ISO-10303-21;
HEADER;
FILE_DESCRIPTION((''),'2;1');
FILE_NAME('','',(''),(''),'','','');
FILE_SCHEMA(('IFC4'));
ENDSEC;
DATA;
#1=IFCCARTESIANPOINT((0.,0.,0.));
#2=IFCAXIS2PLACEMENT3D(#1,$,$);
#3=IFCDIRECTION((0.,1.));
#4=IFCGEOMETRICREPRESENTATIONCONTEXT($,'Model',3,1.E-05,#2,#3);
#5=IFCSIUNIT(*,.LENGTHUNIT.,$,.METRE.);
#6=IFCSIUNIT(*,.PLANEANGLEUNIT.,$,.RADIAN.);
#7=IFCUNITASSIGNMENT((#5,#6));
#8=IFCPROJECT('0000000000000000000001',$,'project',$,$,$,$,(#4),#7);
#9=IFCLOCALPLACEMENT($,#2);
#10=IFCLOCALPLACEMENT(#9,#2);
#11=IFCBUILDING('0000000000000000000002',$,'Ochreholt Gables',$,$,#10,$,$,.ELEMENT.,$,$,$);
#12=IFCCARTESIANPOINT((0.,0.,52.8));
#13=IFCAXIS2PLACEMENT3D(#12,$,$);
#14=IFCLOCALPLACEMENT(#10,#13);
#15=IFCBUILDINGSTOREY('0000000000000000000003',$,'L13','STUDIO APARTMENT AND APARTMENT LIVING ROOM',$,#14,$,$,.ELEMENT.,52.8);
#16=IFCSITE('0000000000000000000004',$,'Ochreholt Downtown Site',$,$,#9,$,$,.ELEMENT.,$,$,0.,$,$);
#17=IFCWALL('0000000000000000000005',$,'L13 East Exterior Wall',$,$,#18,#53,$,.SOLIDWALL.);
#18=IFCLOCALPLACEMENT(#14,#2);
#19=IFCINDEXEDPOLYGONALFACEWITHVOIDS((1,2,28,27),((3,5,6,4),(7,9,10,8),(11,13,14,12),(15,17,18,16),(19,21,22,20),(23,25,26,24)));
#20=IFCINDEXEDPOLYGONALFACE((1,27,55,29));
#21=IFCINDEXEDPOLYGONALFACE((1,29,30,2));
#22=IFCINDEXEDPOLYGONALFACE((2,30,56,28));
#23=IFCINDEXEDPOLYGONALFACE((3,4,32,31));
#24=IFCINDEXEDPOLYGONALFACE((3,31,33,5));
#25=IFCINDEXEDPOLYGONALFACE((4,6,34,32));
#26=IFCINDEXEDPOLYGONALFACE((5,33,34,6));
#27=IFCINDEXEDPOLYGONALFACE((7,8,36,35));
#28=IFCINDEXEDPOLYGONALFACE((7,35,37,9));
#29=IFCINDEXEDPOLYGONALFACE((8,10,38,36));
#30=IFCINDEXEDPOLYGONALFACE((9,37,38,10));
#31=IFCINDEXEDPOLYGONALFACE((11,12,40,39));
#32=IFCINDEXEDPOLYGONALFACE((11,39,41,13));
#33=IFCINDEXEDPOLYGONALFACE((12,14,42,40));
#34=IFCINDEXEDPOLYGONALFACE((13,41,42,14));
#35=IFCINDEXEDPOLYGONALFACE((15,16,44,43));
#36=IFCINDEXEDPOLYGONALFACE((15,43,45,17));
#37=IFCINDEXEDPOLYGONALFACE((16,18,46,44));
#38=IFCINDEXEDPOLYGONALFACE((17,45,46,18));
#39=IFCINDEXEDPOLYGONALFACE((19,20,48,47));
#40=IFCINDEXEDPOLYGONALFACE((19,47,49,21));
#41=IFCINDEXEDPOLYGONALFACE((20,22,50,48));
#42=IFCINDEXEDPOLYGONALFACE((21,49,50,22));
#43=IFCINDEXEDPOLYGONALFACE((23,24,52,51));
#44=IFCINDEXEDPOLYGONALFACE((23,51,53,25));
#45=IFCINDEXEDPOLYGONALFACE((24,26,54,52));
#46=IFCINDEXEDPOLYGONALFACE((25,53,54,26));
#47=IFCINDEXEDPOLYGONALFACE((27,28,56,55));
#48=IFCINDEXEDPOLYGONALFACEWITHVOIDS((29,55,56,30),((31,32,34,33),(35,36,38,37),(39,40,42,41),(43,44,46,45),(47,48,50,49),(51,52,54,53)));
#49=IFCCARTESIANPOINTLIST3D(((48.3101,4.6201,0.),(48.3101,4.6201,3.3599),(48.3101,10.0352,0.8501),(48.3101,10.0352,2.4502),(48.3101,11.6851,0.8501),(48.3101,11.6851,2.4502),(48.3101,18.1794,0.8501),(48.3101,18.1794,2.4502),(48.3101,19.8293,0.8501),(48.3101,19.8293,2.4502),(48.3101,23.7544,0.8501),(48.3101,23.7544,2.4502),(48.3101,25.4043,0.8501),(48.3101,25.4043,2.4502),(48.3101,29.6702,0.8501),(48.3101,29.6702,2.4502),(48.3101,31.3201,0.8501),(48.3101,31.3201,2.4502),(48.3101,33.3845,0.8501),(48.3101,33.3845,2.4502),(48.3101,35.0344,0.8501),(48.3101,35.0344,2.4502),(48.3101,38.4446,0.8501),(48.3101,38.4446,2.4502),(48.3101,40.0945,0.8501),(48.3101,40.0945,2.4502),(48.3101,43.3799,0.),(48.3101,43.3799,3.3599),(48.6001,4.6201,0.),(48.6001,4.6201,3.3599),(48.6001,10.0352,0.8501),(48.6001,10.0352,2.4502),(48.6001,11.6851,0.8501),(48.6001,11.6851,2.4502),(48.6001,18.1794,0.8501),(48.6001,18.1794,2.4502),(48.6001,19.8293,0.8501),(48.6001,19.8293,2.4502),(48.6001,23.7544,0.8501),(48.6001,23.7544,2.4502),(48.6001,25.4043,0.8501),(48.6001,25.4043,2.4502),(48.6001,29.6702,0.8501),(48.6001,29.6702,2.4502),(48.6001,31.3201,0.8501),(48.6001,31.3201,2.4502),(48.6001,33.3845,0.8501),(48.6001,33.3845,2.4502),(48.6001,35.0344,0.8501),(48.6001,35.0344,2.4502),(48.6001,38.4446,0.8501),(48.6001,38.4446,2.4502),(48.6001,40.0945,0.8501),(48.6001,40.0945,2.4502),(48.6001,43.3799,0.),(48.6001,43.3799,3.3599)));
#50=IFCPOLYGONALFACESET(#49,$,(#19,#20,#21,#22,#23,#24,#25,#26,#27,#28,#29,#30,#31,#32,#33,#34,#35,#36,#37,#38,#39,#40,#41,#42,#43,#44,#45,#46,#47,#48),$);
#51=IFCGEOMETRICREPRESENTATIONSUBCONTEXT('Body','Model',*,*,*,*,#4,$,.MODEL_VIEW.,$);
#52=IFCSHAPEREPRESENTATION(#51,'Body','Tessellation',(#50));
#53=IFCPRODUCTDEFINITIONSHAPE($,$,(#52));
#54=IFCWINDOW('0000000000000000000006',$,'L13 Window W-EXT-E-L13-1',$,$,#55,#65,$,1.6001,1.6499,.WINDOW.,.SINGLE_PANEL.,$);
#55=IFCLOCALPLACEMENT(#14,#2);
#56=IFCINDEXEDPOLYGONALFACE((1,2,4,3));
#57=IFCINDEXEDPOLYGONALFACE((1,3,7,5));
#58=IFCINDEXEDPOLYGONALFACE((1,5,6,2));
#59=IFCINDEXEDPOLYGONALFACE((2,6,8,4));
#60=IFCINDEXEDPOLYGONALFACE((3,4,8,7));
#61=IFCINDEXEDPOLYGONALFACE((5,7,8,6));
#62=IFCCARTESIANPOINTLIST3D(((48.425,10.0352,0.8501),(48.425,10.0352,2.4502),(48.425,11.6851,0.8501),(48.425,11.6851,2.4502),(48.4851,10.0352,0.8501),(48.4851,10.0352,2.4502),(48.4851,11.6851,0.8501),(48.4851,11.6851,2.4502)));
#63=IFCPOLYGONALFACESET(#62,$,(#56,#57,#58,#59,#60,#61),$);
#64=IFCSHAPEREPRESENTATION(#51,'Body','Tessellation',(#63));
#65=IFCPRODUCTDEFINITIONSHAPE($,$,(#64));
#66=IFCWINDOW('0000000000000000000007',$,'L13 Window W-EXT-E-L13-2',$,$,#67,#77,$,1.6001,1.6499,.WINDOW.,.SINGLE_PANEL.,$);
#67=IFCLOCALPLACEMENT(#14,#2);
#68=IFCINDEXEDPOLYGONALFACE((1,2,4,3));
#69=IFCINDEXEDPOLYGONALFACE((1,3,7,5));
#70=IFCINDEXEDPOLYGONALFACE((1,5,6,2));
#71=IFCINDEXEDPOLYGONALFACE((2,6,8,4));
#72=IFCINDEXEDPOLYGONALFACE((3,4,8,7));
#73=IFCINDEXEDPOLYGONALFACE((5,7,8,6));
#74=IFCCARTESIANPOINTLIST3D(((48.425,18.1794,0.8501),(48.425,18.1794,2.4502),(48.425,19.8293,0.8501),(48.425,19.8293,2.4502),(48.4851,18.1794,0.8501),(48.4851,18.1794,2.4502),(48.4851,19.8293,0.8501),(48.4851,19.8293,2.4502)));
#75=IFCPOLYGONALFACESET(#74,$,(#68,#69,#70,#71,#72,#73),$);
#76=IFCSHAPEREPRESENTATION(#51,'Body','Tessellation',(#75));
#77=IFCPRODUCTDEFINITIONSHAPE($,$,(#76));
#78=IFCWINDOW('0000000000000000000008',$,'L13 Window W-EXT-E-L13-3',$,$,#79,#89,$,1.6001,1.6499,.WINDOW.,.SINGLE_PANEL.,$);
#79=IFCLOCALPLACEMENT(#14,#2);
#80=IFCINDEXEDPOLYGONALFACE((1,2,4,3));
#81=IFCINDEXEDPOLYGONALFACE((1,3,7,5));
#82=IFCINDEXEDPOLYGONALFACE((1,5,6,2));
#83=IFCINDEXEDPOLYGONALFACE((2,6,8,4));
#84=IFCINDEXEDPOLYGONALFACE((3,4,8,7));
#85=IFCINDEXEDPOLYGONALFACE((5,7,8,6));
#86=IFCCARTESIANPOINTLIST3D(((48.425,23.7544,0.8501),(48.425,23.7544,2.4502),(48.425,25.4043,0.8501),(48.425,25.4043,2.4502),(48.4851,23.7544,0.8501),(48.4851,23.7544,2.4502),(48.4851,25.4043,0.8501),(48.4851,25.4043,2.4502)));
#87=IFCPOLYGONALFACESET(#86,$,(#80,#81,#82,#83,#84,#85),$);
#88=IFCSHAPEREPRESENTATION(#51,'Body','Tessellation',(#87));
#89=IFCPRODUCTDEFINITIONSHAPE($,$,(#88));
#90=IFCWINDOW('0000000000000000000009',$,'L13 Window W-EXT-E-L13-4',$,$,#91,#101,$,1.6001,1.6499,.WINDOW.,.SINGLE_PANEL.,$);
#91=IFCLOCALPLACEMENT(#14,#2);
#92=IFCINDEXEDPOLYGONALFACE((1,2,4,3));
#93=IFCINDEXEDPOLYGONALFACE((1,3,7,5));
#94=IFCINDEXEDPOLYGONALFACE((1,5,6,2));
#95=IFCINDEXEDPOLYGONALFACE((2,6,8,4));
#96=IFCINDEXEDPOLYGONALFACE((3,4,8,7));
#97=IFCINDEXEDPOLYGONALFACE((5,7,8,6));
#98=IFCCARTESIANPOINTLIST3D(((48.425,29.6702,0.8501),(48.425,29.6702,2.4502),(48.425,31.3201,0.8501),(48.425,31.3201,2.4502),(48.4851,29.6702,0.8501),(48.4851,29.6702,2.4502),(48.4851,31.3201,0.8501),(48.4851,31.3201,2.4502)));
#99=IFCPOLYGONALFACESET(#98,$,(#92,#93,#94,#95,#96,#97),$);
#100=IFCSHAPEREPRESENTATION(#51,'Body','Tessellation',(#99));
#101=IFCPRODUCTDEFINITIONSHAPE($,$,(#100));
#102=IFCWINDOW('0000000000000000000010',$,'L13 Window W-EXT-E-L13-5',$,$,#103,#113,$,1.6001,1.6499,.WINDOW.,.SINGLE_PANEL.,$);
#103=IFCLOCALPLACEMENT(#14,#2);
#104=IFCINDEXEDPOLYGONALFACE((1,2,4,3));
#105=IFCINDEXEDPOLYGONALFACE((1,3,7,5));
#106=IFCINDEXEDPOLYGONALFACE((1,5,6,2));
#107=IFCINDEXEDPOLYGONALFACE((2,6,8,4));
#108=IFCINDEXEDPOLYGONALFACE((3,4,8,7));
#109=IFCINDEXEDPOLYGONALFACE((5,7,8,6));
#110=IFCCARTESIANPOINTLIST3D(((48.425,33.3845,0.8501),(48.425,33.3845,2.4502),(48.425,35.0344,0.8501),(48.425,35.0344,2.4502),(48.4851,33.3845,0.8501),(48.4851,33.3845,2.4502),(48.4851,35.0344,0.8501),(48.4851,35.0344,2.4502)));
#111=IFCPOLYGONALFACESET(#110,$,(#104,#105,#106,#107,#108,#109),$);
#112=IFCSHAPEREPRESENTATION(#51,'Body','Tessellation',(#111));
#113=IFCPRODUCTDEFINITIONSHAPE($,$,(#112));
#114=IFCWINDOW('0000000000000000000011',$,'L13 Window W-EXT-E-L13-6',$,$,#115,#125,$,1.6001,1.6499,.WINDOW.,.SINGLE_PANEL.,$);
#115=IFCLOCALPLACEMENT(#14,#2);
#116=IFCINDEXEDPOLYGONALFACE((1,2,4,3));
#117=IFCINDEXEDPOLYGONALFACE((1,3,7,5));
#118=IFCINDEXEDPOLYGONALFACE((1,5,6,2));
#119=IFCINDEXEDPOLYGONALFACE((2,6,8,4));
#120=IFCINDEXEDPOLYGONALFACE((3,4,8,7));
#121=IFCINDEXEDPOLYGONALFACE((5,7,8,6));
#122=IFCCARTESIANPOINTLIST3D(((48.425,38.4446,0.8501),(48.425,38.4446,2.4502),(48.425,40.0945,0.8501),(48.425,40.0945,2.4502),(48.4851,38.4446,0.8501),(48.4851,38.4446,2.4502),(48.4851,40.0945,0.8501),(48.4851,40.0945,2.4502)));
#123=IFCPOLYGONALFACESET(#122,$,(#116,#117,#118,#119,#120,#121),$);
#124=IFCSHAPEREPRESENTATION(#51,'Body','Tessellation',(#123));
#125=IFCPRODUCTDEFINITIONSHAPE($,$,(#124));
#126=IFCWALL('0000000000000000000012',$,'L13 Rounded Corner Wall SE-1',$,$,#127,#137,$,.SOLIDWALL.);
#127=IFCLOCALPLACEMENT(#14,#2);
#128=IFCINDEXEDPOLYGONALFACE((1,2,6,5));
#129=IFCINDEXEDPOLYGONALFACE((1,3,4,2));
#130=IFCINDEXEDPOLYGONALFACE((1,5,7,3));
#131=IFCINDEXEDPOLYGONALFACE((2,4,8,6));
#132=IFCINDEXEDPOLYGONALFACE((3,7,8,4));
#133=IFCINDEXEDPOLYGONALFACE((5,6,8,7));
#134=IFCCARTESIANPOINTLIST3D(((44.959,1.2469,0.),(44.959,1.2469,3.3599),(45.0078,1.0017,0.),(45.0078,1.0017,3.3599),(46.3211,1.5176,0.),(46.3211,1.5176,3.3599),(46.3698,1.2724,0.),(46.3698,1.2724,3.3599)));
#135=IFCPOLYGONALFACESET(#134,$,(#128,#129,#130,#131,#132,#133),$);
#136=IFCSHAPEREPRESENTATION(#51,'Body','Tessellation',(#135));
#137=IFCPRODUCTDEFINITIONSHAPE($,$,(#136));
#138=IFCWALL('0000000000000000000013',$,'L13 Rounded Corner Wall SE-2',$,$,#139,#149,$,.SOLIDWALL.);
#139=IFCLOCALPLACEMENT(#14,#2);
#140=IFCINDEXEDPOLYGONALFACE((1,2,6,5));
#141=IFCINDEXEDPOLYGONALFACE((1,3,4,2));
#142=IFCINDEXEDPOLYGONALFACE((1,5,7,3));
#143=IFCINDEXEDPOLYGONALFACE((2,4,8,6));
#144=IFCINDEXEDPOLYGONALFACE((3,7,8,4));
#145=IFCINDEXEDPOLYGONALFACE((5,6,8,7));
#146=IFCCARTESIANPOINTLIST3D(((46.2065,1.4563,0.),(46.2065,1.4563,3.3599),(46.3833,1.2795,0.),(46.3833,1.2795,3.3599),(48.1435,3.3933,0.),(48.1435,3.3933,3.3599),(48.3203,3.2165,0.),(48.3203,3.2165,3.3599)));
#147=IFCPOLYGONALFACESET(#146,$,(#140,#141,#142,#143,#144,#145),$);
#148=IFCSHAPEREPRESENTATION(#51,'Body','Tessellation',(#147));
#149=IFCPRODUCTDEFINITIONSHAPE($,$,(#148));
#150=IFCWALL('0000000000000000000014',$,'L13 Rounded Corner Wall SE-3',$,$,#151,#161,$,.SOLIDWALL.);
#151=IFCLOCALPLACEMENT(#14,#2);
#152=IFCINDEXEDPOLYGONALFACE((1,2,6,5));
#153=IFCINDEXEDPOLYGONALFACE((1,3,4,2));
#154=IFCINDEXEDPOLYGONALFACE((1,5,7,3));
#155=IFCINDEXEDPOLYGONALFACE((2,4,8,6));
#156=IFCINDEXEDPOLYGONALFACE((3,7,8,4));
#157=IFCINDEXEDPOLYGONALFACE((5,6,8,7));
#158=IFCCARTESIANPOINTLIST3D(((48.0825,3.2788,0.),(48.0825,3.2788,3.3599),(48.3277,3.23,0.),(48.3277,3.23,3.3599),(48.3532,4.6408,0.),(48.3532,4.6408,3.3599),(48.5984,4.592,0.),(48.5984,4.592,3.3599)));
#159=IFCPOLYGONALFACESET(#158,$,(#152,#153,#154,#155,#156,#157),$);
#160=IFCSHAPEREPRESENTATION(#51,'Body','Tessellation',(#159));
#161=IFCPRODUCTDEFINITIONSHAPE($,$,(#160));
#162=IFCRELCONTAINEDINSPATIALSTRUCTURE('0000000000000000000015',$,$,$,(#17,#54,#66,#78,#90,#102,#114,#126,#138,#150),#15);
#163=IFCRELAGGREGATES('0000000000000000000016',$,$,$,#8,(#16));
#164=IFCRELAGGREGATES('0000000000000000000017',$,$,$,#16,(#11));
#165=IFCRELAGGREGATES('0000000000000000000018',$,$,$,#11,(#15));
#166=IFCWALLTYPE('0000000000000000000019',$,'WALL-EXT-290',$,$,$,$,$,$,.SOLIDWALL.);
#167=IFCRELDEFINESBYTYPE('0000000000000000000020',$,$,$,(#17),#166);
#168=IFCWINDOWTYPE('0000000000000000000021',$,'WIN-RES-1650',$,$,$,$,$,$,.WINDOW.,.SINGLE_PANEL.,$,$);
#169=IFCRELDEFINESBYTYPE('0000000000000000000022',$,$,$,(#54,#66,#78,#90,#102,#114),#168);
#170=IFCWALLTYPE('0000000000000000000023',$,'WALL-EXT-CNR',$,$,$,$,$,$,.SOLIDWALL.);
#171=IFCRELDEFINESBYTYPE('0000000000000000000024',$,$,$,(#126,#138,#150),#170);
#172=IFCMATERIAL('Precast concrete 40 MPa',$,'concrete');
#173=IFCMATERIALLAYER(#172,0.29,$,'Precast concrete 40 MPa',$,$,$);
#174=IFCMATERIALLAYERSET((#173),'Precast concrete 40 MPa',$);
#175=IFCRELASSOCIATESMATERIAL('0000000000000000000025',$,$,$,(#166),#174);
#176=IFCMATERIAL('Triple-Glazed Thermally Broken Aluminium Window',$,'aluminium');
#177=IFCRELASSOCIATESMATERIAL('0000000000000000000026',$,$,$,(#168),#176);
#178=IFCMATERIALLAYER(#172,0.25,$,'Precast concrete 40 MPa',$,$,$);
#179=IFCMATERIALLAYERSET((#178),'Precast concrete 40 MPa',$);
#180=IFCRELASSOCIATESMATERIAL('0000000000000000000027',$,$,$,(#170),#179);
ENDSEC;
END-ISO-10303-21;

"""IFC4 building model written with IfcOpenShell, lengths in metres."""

from ifc_helpers import new_model, si_unit, direction, frame, frame_2d, origin, place, context, subcontext, project, spatial, rectangle, extrude, material, layer, layer_set, type_object, element, fill, save


model = new_model("IFC4")

# Units and contexts
model_context = context("Model", 3, precision=1e-05, world=origin(), true_north=direction((0.0, 1.0)))
body_context = subcontext(model_context, "Body", "Model", "MODEL_VIEW")
ifc_project = project(units=[si_unit("LENGTHUNIT", "METRE"), si_unit("PLANEANGLEUNIT", "RADIAN")], contexts=[model_context])

# Site, building, storey
site_placement = place(None, origin())
site = spatial("IfcSite", under=ifc_project, at=site_placement, Name="Ochreholt Downtown Site", CompositionType="ELEMENT", RefElevation=0.0)
building_placement = place(site_placement, origin())
building = spatial("IfcBuilding", under=site, at=building_placement, Name="Ochreholt Gables", CompositionType="ELEMENT")
storey_placement = place(building_placement, frame((0.0, 0.0, 52.8)))
storey = spatial("IfcBuildingStorey", under=building, at=storey_placement, Name="L13", Description="STUDIO APARTMENT AND APARTMENT LIVING ROOM", CompositionType="ELEMENT", Elevation=52.8)

# Wall, openings, windows
ifc_material_1 = material(Name="Precast concrete 40 MPa", Category="concrete")
ifc_layer_1 = layer(ifc_material_1, 0.29, Name="Precast concrete 40 MPa")
ifc_layer_set_1 = layer_set([ifc_layer_1], Name="Precast concrete 40 MPa")
wall_type_1 = type_object("IfcWallType", Name="WALL-EXT-290", PredefinedType="SOLIDWALL", material=ifc_layer_set_1)
wall_1_placement = place(storey_placement, frame((48.4551, 4.6201, 0.0), z_axis=(0.0, 0.0, 1.0), x_axis=(0.0, 1.0, 0.0)))
wall_1 = element("IfcWall", 1, at=wall_1_placement, inside=storey, type_object=wall_type_1, Name="L13 East Exterior Wall", PredefinedType="SOLIDWALL", context=body_context, shape_type="SweptSolid", body=[
    extrude(rectangle(XDim=38.7598, YDim=0.29, at=frame_2d((19.3799, 0.0))), origin(), (0.0, 0.0, 1.0), 3.3599),
])
opening_1_placement = place(wall_1_placement, frame((5.415, 0.0, 0.8501)))
opening_1 = element("IfcOpeningElement", 2, at=opening_1_placement, cuts=wall_1, PredefinedType="OPENING", context=body_context, shape_type="SweptSolid", body=[
    extrude(rectangle(XDim=1.6499, YDim=1.6001, at=frame_2d((0.825, 0.8))), frame((0.0, 0.155, 0.0), z_axis=(0.0, -1.0, 0.0), x_axis=(1.0, 0.0, 0.0)), (0.0, 0.0, 1.0), 0.3101),
])
opening_2_placement = place(wall_1_placement, frame((13.5593, 0.0, 0.8501)))
opening_2 = element("IfcOpeningElement", 3, at=opening_2_placement, cuts=wall_1, PredefinedType="OPENING", context=body_context, shape_type="SweptSolid", body=[
    extrude(rectangle(XDim=1.6499, YDim=1.6001, at=frame_2d((0.825, 0.8))), frame((0.0, 0.155, 0.0), z_axis=(0.0, -1.0, 0.0), x_axis=(1.0, 0.0, 0.0)), (0.0, 0.0, 1.0), 0.3101),
])
opening_3_placement = place(wall_1_placement, frame((19.1343, 0.0, 0.8501)))
opening_3 = element("IfcOpeningElement", 4, at=opening_3_placement, cuts=wall_1, PredefinedType="OPENING", context=body_context, shape_type="SweptSolid", body=[
    extrude(rectangle(XDim=1.6499, YDim=1.6001, at=frame_2d((0.825, 0.8))), frame((0.0, 0.155, 0.0), z_axis=(0.0, -1.0, 0.0), x_axis=(1.0, 0.0, 0.0)), (0.0, 0.0, 1.0), 0.3101),
])
opening_4_placement = place(wall_1_placement, frame((25.05, 0.0, 0.8501)))
opening_4 = element("IfcOpeningElement", 5, at=opening_4_placement, cuts=wall_1, PredefinedType="OPENING", context=body_context, shape_type="SweptSolid", body=[
    extrude(rectangle(XDim=1.6499, YDim=1.6001, at=frame_2d((0.825, 0.8))), frame((0.0, 0.155, 0.0), z_axis=(0.0, -1.0, 0.0), x_axis=(1.0, 0.0, 0.0)), (0.0, 0.0, 1.0), 0.3101),
])
opening_5_placement = place(wall_1_placement, frame((28.7644, 0.0, 0.8501)))
opening_5 = element("IfcOpeningElement", 6, at=opening_5_placement, cuts=wall_1, PredefinedType="OPENING", context=body_context, shape_type="SweptSolid", body=[
    extrude(rectangle(XDim=1.6499, YDim=1.6001, at=frame_2d((0.825, 0.8))), frame((0.0, 0.155, 0.0), z_axis=(0.0, -1.0, 0.0), x_axis=(1.0, 0.0, 0.0)), (0.0, 0.0, 1.0), 0.3101),
])
opening_6_placement = place(wall_1_placement, frame((33.8245, 0.0, 0.8501)))
opening_6 = element("IfcOpeningElement", 7, at=opening_6_placement, cuts=wall_1, PredefinedType="OPENING", context=body_context, shape_type="SweptSolid", body=[
    extrude(rectangle(XDim=1.6499, YDim=1.6001, at=frame_2d((0.825, 0.8))), frame((0.0, 0.155, 0.0), z_axis=(0.0, -1.0, 0.0), x_axis=(1.0, 0.0, 0.0)), (0.0, 0.0, 1.0), 0.3101),
])
ifc_material_2 = material(Name="Triple-Glazed Thermally Broken Aluminium Window", Category="aluminium")
window_type = type_object("IfcWindowType", Name="WIN-RES-1650", PartitioningType="SINGLE_PANEL", PredefinedType="WINDOW", material=ifc_material_2)
window_1_placement = place(opening_1_placement, origin())
window_1 = element("IfcWindow", 8, at=window_1_placement, inside=storey, type_object=window_type, Name="L13 Window W-EXT-E-L13-1", OverallHeight=1.6001, OverallWidth=1.6499, PartitioningType="SINGLE_PANEL", PredefinedType="WINDOW", context=body_context, shape_type="SweptSolid", body=[
    extrude(rectangle(XDim=1.6499, YDim=1.6001, at=frame_2d((0.825, 0.8))), frame((0.0, 0.03, 0.0), z_axis=(0.0, -1.0, 0.0), x_axis=(1.0, 0.0, 0.0)), (0.0, 0.0, 1.0), 0.0601),
])
fill(opening_1, window_1)
window_2_placement = place(opening_2_placement, origin())
window_2 = element("IfcWindow", 9, at=window_2_placement, inside=storey, type_object=window_type, Name="L13 Window W-EXT-E-L13-2", OverallHeight=1.6001, OverallWidth=1.6499, PartitioningType="SINGLE_PANEL", PredefinedType="WINDOW", context=body_context, shape_type="SweptSolid", body=[
    extrude(rectangle(XDim=1.6499, YDim=1.6001, at=frame_2d((0.825, 0.8))), frame((0.0, 0.03, 0.0), z_axis=(0.0, -1.0, 0.0), x_axis=(1.0, 0.0, 0.0)), (0.0, 0.0, 1.0), 0.0601),
])
fill(opening_2, window_2)
window_3_placement = place(opening_3_placement, origin())
window_3 = element("IfcWindow", 10, at=window_3_placement, inside=storey, type_object=window_type, Name="L13 Window W-EXT-E-L13-3", OverallHeight=1.6001, OverallWidth=1.6499, PartitioningType="SINGLE_PANEL", PredefinedType="WINDOW", context=body_context, shape_type="SweptSolid", body=[
    extrude(rectangle(XDim=1.6499, YDim=1.6001, at=frame_2d((0.825, 0.8))), frame((0.0, 0.03, 0.0), z_axis=(0.0, -1.0, 0.0), x_axis=(1.0, 0.0, 0.0)), (0.0, 0.0, 1.0), 0.0601),
])
fill(opening_3, window_3)
window_4_placement = place(opening_4_placement, origin())
window_4 = element("IfcWindow", 11, at=window_4_placement, inside=storey, type_object=window_type, Name="L13 Window W-EXT-E-L13-4", OverallHeight=1.6001, OverallWidth=1.6499, PartitioningType="SINGLE_PANEL", PredefinedType="WINDOW", context=body_context, shape_type="SweptSolid", body=[
    extrude(rectangle(XDim=1.6499, YDim=1.6001, at=frame_2d((0.825, 0.8))), frame((0.0, 0.03, 0.0), z_axis=(0.0, -1.0, 0.0), x_axis=(1.0, 0.0, 0.0)), (0.0, 0.0, 1.0), 0.0601),
])
fill(opening_4, window_4)
window_5_placement = place(opening_5_placement, origin())
window_5 = element("IfcWindow", 12, at=window_5_placement, inside=storey, type_object=window_type, Name="L13 Window W-EXT-E-L13-5", OverallHeight=1.6001, OverallWidth=1.6499, PartitioningType="SINGLE_PANEL", PredefinedType="WINDOW", context=body_context, shape_type="SweptSolid", body=[
    extrude(rectangle(XDim=1.6499, YDim=1.6001, at=frame_2d((0.825, 0.8))), frame((0.0, 0.03, 0.0), z_axis=(0.0, -1.0, 0.0), x_axis=(1.0, 0.0, 0.0)), (0.0, 0.0, 1.0), 0.0601),
])
fill(opening_5, window_5)
window_6_placement = place(opening_6_placement, origin())
window_6 = element("IfcWindow", 13, at=window_6_placement, inside=storey, type_object=window_type, Name="L13 Window W-EXT-E-L13-6", OverallHeight=1.6001, OverallWidth=1.6499, PartitioningType="SINGLE_PANEL", PredefinedType="WINDOW", context=body_context, shape_type="SweptSolid", body=[
    extrude(rectangle(XDim=1.6499, YDim=1.6001, at=frame_2d((0.825, 0.8))), frame((0.0, 0.03, 0.0), z_axis=(0.0, -1.0, 0.0), x_axis=(1.0, 0.0, 0.0)), (0.0, 0.0, 1.0), 0.0601),
])
fill(opening_6, window_6)

# Walls
ifc_layer_2 = layer(ifc_material_1, 0.25, Name="Precast concrete 40 MPa")
ifc_layer_set_2 = layer_set([ifc_layer_2], Name="Precast concrete 40 MPa")
wall_type_2 = type_object("IfcWallType", Name="WALL-EXT-CNR", PredefinedType="SOLIDWALL", material=ifc_layer_set_2)
wall_2_placement = place(storey_placement, frame((44.9834, 1.1243, 0.0), z_axis=(0.0, 0.0, 1.0), x_axis=(0.98081, 0.194967, 0.0)))
element("IfcWall", 14, at=wall_2_placement, inside=storey, type_object=wall_type_2, Name="L13 Rounded Corner Wall SE-1", PredefinedType="SOLIDWALL", context=body_context, shape_type="SweptSolid", body=[
    extrude(rectangle(XDim=1.3887, YDim=0.25, at=frame_2d((0.6943, 0.0))), origin(), (0.0, 0.0, 1.0), 3.3599),
])
wall_3_placement = place(storey_placement, frame((46.2949, 1.3679, 0.0), z_axis=(0.0, 0.0, 1.0), x_axis=(0.707107, 0.707107, 0.0)))
element("IfcWall", 15, at=wall_3_placement, inside=storey, type_object=wall_type_2, Name="L13 Rounded Corner Wall SE-2", PredefinedType="SOLIDWALL", context=body_context, shape_type="SweptSolid", body=[
    extrude(rectangle(XDim=2.7393, YDim=0.25, at=frame_2d((1.3696, 0.0))), origin(), (0.0, 0.0, 1.0), 3.3599),
])
wall_4_placement = place(storey_placement, frame((48.2051, 3.2544, 0.0), z_axis=(0.0, 0.0, 1.0), x_axis=(0.194967, 0.98081, 0.0)))
element("IfcWall", 16, at=wall_4_placement, inside=storey, type_object=wall_type_2, Name="L13 Rounded Corner Wall SE-3", PredefinedType="SOLIDWALL", context=body_context, shape_type="SweptSolid", body=[
    extrude(rectangle(XDim=1.3887, YDim=0.25, at=frame_2d((0.6943, 0.0))), origin(), (0.0, 0.0, 1.0), 3.3599),
])

save(model, "model.ifc")
